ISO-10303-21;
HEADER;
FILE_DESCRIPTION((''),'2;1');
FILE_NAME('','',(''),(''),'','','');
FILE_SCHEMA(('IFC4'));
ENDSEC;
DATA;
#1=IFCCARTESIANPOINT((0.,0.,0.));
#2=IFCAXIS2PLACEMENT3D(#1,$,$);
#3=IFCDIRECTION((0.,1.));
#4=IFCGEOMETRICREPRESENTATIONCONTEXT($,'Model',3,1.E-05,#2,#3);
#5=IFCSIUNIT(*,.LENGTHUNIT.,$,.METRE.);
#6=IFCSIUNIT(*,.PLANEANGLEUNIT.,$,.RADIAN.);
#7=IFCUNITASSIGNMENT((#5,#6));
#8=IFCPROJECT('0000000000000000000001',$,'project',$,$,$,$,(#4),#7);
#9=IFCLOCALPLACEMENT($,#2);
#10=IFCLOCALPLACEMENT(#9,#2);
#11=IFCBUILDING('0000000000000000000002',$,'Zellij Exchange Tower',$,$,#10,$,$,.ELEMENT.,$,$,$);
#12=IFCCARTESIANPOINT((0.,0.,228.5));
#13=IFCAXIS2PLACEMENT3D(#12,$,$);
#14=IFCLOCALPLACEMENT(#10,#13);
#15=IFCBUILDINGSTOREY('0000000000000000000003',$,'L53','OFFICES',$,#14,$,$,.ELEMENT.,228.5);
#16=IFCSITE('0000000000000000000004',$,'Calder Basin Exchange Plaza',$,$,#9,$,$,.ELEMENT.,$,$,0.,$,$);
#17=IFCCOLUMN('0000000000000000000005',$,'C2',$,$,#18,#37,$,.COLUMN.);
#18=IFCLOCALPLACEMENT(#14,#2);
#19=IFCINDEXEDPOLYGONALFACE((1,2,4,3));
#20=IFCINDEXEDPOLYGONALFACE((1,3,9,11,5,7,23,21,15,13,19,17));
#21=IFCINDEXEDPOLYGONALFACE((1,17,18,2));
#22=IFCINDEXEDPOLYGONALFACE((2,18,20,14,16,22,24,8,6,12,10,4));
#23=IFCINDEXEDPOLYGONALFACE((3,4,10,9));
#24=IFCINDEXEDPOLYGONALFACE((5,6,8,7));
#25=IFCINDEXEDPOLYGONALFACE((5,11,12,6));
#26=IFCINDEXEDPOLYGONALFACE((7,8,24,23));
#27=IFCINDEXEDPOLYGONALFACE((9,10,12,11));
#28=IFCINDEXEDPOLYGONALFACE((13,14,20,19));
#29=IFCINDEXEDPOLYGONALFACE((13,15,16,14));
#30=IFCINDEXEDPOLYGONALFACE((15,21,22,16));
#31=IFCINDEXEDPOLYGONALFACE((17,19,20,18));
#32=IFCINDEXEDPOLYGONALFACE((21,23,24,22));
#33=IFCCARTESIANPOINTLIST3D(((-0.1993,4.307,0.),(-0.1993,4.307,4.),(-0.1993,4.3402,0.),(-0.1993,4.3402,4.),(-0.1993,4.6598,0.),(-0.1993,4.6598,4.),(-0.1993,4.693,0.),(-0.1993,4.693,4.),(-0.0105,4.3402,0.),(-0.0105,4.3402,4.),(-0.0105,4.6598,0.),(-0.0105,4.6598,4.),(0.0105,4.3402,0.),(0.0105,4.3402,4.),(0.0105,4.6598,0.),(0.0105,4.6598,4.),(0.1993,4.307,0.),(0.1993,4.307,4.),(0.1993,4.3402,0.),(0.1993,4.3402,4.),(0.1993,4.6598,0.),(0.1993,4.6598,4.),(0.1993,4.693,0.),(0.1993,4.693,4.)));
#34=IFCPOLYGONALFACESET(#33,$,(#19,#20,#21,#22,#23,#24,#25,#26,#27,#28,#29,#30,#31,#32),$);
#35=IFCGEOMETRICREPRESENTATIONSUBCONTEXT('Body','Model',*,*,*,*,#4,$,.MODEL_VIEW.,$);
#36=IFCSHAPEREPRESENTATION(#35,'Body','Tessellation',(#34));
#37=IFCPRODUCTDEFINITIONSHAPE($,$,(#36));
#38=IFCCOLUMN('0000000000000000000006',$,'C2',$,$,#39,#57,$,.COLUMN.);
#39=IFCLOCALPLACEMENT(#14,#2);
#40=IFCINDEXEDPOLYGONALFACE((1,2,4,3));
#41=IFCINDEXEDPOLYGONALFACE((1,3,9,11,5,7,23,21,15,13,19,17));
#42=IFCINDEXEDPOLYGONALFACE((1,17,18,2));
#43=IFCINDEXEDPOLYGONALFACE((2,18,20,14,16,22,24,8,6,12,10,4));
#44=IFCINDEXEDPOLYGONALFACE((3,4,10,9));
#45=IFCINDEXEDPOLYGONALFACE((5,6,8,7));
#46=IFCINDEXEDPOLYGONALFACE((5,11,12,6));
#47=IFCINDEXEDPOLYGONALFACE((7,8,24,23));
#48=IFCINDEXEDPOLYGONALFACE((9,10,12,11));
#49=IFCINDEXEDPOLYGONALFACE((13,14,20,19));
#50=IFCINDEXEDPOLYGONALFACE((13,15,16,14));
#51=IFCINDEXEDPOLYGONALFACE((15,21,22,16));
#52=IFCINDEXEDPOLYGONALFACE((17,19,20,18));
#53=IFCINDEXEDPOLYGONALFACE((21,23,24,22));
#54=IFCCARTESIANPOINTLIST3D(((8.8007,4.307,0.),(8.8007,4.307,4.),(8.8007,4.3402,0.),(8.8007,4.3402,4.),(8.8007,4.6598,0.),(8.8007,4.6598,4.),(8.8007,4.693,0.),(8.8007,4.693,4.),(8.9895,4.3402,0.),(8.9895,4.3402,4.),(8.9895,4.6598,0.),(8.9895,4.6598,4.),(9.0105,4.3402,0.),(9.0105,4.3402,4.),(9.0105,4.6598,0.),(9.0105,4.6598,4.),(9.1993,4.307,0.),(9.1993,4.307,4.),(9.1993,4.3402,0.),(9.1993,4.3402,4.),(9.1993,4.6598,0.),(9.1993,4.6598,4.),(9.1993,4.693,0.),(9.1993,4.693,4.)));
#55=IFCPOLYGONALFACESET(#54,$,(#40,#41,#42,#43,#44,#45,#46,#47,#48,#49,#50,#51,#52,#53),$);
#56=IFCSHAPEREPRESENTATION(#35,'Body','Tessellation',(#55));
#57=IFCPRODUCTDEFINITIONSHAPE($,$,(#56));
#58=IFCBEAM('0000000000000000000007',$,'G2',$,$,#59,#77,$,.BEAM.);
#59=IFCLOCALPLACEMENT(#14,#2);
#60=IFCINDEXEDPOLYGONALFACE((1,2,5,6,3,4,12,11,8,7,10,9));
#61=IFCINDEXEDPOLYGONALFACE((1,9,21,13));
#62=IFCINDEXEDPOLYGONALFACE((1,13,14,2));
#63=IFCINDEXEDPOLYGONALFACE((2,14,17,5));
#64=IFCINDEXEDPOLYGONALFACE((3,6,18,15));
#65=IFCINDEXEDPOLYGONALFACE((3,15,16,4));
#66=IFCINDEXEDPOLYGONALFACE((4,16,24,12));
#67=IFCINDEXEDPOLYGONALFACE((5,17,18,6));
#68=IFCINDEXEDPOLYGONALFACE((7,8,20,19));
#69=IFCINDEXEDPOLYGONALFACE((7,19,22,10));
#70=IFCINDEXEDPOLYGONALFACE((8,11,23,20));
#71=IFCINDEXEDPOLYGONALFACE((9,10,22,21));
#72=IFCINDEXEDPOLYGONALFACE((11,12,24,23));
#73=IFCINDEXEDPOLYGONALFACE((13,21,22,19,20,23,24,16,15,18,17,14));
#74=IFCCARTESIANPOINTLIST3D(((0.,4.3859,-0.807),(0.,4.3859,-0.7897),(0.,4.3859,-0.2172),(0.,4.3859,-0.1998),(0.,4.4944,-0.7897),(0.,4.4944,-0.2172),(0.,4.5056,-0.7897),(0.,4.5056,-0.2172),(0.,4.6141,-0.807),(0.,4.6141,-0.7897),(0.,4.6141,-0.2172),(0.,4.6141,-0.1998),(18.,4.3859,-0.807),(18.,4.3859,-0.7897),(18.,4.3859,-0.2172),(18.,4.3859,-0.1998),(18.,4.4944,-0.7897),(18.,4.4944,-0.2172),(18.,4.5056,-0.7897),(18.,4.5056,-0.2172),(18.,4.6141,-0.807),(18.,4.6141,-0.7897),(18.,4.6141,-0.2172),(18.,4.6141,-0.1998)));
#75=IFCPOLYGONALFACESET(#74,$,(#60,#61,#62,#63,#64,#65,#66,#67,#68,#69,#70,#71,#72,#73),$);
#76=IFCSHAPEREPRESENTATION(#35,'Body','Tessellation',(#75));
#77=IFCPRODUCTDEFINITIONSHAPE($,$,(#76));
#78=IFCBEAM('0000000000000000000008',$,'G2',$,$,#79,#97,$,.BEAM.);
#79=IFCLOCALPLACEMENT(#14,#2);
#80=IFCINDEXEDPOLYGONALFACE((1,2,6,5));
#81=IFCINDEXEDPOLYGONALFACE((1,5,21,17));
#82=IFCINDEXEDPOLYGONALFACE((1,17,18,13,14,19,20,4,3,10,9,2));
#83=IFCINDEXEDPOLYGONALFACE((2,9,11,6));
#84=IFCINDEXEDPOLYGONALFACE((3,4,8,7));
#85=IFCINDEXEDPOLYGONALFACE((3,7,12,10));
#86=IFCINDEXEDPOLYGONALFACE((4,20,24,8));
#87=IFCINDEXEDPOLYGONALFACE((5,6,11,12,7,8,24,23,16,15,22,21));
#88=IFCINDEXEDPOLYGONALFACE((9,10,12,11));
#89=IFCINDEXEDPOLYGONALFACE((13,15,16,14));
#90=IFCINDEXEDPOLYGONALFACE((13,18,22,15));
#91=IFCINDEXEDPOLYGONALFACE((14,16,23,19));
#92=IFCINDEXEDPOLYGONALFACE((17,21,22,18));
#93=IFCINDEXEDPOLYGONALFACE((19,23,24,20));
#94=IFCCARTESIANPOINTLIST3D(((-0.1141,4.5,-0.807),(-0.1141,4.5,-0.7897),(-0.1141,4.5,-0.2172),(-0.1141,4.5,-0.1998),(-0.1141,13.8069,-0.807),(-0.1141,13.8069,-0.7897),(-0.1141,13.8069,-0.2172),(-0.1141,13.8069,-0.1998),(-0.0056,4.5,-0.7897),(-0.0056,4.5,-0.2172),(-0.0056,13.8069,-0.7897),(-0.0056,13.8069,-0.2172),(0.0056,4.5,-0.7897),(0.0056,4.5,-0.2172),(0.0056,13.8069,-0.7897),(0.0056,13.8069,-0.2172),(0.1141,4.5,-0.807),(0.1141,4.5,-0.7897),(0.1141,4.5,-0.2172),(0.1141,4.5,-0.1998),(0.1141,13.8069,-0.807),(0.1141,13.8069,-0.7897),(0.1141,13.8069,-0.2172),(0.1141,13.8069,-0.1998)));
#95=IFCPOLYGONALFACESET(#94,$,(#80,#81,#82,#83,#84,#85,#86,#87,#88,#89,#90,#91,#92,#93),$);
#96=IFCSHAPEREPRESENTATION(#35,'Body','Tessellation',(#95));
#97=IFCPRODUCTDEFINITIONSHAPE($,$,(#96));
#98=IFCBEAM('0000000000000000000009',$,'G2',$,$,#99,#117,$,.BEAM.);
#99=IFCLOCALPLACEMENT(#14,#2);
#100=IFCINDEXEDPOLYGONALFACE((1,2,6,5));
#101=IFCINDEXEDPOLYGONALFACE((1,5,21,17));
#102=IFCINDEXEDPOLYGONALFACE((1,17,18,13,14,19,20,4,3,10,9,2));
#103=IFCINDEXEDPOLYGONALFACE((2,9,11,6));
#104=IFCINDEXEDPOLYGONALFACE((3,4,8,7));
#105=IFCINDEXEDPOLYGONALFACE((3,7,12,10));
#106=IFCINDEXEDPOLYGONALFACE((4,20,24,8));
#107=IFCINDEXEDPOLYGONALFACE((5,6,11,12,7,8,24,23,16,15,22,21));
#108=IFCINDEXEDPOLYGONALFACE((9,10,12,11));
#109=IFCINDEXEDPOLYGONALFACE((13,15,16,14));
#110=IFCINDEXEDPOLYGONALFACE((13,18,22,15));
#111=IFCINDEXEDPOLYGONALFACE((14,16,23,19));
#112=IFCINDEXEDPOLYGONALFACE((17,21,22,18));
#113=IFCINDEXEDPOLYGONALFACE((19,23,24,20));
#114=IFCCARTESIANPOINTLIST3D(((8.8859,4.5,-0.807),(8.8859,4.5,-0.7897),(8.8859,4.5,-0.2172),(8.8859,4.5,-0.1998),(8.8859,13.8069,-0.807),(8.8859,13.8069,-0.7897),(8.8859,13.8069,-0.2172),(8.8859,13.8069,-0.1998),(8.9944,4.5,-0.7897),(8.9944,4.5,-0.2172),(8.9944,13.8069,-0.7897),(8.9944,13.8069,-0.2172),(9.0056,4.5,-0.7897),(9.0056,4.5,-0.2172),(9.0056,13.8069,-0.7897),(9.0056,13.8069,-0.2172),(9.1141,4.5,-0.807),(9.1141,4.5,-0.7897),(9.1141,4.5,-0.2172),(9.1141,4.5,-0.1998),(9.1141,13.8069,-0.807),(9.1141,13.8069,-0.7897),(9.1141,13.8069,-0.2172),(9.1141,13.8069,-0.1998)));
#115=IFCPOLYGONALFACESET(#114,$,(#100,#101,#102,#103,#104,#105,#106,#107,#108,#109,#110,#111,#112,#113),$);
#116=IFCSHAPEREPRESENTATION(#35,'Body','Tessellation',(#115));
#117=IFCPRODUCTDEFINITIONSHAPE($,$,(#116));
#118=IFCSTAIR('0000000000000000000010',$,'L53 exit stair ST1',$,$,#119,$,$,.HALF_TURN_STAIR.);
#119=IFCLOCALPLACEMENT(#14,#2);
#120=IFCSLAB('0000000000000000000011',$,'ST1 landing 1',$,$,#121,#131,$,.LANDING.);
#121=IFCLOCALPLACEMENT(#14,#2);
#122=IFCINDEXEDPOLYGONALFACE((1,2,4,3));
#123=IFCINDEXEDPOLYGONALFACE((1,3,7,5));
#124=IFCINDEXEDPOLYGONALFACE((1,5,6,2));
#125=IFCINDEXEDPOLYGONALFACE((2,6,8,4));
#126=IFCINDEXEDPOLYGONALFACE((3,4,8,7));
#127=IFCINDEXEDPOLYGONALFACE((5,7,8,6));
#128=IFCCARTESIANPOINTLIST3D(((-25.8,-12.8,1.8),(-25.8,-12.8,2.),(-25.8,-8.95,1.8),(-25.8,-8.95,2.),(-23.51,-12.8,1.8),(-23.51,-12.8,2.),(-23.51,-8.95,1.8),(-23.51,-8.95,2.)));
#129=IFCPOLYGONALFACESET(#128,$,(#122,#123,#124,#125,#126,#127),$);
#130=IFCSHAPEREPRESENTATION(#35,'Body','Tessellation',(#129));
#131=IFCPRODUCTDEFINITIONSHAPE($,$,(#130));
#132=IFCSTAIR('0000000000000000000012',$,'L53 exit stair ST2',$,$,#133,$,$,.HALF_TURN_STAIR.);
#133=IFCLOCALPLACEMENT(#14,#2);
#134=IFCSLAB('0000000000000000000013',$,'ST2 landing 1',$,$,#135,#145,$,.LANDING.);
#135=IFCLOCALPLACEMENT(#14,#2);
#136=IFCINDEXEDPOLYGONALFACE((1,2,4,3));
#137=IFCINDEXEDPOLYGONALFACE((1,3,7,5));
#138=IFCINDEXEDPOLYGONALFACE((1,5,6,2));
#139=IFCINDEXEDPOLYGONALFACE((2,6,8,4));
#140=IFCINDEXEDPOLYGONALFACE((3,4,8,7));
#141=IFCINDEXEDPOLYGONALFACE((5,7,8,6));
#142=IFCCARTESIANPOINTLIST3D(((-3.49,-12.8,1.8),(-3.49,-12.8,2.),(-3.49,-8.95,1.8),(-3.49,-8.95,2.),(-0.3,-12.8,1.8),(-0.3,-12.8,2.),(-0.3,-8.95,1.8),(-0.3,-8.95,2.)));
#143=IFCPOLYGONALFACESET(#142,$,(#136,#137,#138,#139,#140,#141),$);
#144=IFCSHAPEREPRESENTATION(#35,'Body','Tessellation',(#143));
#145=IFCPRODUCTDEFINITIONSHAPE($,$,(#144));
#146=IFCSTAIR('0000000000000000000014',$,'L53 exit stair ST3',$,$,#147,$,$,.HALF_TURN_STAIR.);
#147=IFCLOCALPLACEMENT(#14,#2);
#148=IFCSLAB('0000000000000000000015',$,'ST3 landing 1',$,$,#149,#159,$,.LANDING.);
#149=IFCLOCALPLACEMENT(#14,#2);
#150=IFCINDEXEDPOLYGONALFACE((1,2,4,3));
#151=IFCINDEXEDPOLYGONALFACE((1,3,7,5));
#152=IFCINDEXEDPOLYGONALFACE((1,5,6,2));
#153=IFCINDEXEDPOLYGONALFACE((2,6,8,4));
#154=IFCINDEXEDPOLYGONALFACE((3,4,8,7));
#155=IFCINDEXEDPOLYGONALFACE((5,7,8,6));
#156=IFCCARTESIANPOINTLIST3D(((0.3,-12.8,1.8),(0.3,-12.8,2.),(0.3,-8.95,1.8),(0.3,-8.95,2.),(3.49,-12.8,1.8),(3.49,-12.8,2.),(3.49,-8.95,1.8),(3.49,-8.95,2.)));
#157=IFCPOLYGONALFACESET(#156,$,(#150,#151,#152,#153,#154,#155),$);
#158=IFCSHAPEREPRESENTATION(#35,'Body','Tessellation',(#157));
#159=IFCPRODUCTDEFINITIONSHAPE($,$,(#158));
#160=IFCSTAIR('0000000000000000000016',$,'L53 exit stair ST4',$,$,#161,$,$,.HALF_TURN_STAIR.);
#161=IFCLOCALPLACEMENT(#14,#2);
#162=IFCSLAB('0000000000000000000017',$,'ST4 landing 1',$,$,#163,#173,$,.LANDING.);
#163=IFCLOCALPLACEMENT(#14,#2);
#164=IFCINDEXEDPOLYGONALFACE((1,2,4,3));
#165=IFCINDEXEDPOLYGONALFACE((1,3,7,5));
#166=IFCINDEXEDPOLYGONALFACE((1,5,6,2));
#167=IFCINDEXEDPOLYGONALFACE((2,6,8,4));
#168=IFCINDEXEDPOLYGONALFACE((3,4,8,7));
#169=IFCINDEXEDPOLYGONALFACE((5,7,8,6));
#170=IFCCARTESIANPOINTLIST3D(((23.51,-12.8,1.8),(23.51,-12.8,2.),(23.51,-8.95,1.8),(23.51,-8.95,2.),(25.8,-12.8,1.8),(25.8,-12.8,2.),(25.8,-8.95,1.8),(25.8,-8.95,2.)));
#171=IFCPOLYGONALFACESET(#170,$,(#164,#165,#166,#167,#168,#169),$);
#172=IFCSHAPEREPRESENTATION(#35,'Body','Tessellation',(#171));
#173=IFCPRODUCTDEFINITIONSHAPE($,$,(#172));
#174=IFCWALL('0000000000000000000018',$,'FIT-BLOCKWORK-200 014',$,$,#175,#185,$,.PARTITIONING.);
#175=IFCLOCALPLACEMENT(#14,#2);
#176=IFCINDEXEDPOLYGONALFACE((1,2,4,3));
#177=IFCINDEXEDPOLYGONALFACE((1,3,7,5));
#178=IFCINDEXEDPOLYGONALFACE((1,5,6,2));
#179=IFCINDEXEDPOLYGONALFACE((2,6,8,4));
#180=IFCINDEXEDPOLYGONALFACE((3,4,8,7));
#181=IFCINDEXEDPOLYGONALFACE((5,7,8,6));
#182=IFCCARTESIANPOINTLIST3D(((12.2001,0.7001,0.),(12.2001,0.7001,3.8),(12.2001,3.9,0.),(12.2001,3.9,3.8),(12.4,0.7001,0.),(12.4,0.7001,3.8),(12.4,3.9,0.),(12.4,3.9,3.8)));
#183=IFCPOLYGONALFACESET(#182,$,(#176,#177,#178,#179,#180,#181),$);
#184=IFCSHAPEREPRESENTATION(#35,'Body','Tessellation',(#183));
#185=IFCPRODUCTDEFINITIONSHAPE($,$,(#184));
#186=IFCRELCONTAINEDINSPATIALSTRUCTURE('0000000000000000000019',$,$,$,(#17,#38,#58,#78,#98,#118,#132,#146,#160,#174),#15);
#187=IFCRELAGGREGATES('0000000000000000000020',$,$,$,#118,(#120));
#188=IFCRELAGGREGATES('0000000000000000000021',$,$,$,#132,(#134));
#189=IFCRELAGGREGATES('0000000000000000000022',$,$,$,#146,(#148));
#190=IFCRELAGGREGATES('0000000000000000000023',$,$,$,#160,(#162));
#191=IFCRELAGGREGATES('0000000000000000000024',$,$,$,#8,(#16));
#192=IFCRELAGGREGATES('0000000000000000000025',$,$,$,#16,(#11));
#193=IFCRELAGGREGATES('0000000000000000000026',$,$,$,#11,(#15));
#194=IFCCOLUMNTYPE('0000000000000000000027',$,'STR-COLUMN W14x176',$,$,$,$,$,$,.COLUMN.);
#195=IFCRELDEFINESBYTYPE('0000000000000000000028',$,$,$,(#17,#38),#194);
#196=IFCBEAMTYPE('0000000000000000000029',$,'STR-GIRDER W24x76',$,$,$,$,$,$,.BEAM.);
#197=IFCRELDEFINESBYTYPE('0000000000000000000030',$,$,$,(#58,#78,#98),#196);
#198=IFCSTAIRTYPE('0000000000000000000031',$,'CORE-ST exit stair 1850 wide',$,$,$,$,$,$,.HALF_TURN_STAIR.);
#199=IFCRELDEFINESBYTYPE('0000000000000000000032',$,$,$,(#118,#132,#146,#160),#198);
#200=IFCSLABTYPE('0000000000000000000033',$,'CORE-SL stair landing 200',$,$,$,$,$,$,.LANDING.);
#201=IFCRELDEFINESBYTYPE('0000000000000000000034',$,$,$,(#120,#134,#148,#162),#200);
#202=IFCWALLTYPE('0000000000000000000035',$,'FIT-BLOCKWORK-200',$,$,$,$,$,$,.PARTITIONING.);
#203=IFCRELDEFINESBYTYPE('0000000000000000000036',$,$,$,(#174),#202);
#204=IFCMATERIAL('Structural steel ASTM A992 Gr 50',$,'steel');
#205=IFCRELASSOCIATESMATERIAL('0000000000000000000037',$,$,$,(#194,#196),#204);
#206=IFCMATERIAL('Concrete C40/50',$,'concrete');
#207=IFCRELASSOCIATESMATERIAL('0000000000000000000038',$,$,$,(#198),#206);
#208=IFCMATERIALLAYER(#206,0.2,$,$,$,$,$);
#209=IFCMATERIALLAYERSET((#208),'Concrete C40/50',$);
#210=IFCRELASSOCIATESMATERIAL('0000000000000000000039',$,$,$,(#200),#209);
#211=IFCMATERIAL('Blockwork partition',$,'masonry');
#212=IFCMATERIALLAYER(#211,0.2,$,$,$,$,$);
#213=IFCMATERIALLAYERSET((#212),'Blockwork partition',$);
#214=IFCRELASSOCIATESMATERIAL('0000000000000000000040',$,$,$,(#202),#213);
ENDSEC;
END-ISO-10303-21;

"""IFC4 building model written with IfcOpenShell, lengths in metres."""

from ifc_helpers import new_model, si_unit, direction, frame, frame_2d, origin, origin_2d, place, context, subcontext, project, spatial, polyline, rectangle, i_section, outline, extrude, material, layer, layer_set, material_profile, profile_set, type_object, element, aggregate, save


model = new_model("IFC4")

# Units and contexts
model_context = context("Model", 3, precision=1e-05, world=origin(), true_north=direction((0.0, 1.0)))
body_context = subcontext(model_context, "Body", "Model", "MODEL_VIEW")
ifc_project = project(units=[si_unit("LENGTHUNIT", "METRE"), si_unit("PLANEANGLEUNIT", "RADIAN")], contexts=[model_context])

# Site, building, storey
site_placement = place(None, origin())
site = spatial("IfcSite", under=ifc_project, at=site_placement, Name="Calder Basin Exchange Plaza", CompositionType="ELEMENT", RefElevation=0.0)
building_placement = place(site_placement, origin())
building = spatial("IfcBuilding", under=site, at=building_placement, Name="Zellij Exchange Tower", CompositionType="ELEMENT")
storey_placement = place(building_placement, frame((0.0, 0.0, 228.5)))
storey = spatial("IfcBuildingStorey", under=building, at=storey_placement, Name="L53", Description="OFFICES", CompositionType="ELEMENT", Elevation=228.5)

# Columns
ifc_material_1 = material(Name="Structural steel ASTM A992 Gr 50", Category="steel")
ifc_material_profile_1 = material_profile(ifc_material_1, i_section(OverallWidth=0.3987, OverallDepth=0.386, WebThickness=0.021, FlangeThickness=0.0332, at=origin_2d()), Name="W14x176")
ifc_profile_set_1 = profile_set([ifc_material_profile_1], Name="Structural steel ASTM A992 Gr 50")
column_type = type_object("IfcColumnType", Name="STR-COLUMN W14x176", PredefinedType="COLUMN", material=ifc_profile_set_1)
for number, where, z_axis, x_axis, name in (
    (1, (0.0, 4.5, 0.0), (0.0, 0.0, 1.0), (1.0, 0.0, 0.0), "C2"),
    (2, (9.0, 4.5, 0.0), (0.0, 0.0, 1.0), (1.0, 0.0, 0.0), "C2"),
):
    element("IfcColumn", number, at=place(storey_placement, frame(where, z_axis=z_axis, x_axis=x_axis)), inside=storey, type_object=column_type, Name=name, PredefinedType="COLUMN", context=body_context, shape_type="SweptSolid", body=[
        extrude(i_section(OverallWidth=0.3987, OverallDepth=0.386, WebThickness=0.021, FlangeThickness=0.0332, at=origin_2d()), origin(), (0.0, 0.0, 1.0), 4.0),
    ])

# Beams
ifc_material_profile_2 = material_profile(ifc_material_1, i_section(OverallWidth=0.2283, OverallDepth=0.6072, WebThickness=0.0112, FlangeThickness=0.0173, at=origin_2d()), Name="W24x76")
ifc_profile_set_2 = profile_set([ifc_material_profile_2], Name="Structural steel ASTM A992 Gr 50")
beam_type = type_object("IfcBeamType", Name="STR-GIRDER W24x76", PredefinedType="BEAM", material=ifc_profile_set_2)
beam_placement = place(storey_placement, frame((0.0, 4.5, -0.5034), z_axis=(1.0, 0.0, 0.0), x_axis=(0.0, 1.0, 0.0)))
element("IfcBeam", 3, at=beam_placement, inside=storey, type_object=beam_type, Name="G2", PredefinedType="BEAM", context=body_context, shape_type="SweptSolid", body=[
    extrude(i_section(OverallWidth=0.2283, OverallDepth=0.6072, WebThickness=0.0112, FlangeThickness=0.0173, at=origin_2d()), origin(), (0.0, 0.0, 1.0), 18.0),
])
for number, where, z_axis, x_axis, name in (
    (4, (0.0, 4.5, -0.5034), (0.0, 1.0, 0.0), (-1.0, 0.0, 0.0), "G2"),
    (5, (9.0, 4.5, -0.5034), (0.0, 1.0, 0.0), (-1.0, 0.0, 0.0), "G2"),
):
    element("IfcBeam", number, at=place(storey_placement, frame(where, z_axis=z_axis, x_axis=x_axis)), inside=storey, type_object=beam_type, Name=name, PredefinedType="BEAM", context=body_context, shape_type="SweptSolid", body=[
        extrude(i_section(OverallWidth=0.2283, OverallDepth=0.6072, WebThickness=0.0112, FlangeThickness=0.0173, at=origin_2d()), origin(), (0.0, 0.0, 1.0), 9.3069),
    ])

# Stairs, slabs
ifc_material_2 = material(Name="Concrete C40/50", Category="concrete")
stair_type = type_object("IfcStairType", Name="CORE-ST exit stair 1850 wide", PredefinedType="HALF_TURN_STAIR", material=ifc_material_2)
stair_1_placement = place(storey_placement, origin())
stair_1 = element("IfcStair", 6, at=stair_1_placement, inside=storey, type_object=stair_type, Name="L53 exit stair ST1", PredefinedType="HALF_TURN_STAIR")
ifc_layer_1 = layer(ifc_material_2, 0.2)
ifc_layer_set_1 = layer_set([ifc_layer_1], Name="Concrete C40/50")
slab_type = type_object("IfcSlabType", Name="CORE-SL stair landing 200", PredefinedType="LANDING", material=ifc_layer_set_1)
slab_1_placement = place(storey_placement, frame((0.0, 0.0, 1.8)))
slab_1 = element("IfcSlab", 7, at=slab_1_placement, type_object=slab_type, Name="ST1 landing 1", PredefinedType="LANDING", context=body_context, shape_type="SweptSolid", body=[
    extrude(outline(polyline([(-23.51, -8.95), (-25.8, -8.95), (-25.8, -12.8), (-23.51, -12.8), (-23.51, -8.95)])), origin(), (0.0, 0.0, 1.0), 0.2),
])
aggregate(stair_1, [slab_1])
stair_2_placement = place(storey_placement, origin())
stair_2 = element("IfcStair", 8, at=stair_2_placement, inside=storey, type_object=stair_type, Name="L53 exit stair ST2", PredefinedType="HALF_TURN_STAIR")
slab_2_placement = place(storey_placement, frame((0.0, 0.0, 1.8)))
slab_2 = element("IfcSlab", 9, at=slab_2_placement, type_object=slab_type, Name="ST2 landing 1", PredefinedType="LANDING", context=body_context, shape_type="SweptSolid", body=[
    extrude(outline(polyline([(-3.49, -12.8), (-0.3, -12.8), (-0.3, -8.95), (-3.49, -8.95), (-3.49, -12.8)])), origin(), (0.0, 0.0, 1.0), 0.2),
])
aggregate(stair_2, [slab_2])
stair_3_placement = place(storey_placement, origin())
stair_3 = element("IfcStair", 10, at=stair_3_placement, inside=storey, type_object=stair_type, Name="L53 exit stair ST3", PredefinedType="HALF_TURN_STAIR")
slab_3_placement = place(storey_placement, frame((0.0, 0.0, 1.8)))
slab_3 = element("IfcSlab", 11, at=slab_3_placement, type_object=slab_type, Name="ST3 landing 1", PredefinedType="LANDING", context=body_context, shape_type="SweptSolid", body=[
    extrude(outline(polyline([(3.49, -8.95), (0.3, -8.95), (0.3, -12.8), (3.49, -12.8), (3.49, -8.95)])), origin(), (0.0, 0.0, 1.0), 0.2),
])
aggregate(stair_3, [slab_3])
stair_4_placement = place(storey_placement, origin())
stair_4 = element("IfcStair", 12, at=stair_4_placement, inside=storey, type_object=stair_type, Name="L53 exit stair ST4", PredefinedType="HALF_TURN_STAIR")
slab_4_placement = place(storey_placement, frame((0.0, 0.0, 1.8)))
slab_4 = element("IfcSlab", 13, at=slab_4_placement, type_object=slab_type, Name="ST4 landing 1", PredefinedType="LANDING", context=body_context, shape_type="SweptSolid", body=[
    extrude(outline(polyline([(23.51, -12.8), (25.8, -12.8), (25.8, -8.95), (23.51, -8.95), (23.51, -12.8)])), origin(), (0.0, 0.0, 1.0), 0.2),
])
aggregate(stair_4, [slab_4])

# Wall
ifc_material_3 = material(Name="Blockwork partition", Category="masonry")
ifc_layer_2 = layer(ifc_material_3, 0.2)
ifc_layer_set_2 = layer_set([ifc_layer_2], Name="Blockwork partition")
wall_type_1 = type_object("IfcWallType", Name="FIT-BLOCKWORK-200", PredefinedType="PARTITIONING", material=ifc_layer_set_2)
wall_1_placement = place(storey_placement, frame((12.3, 0.7, 0.0), z_axis=(0.0, 0.0, 1.0), x_axis=(0.0, 1.0, 0.0)))
element("IfcWall", 14, at=wall_1_placement, inside=storey, type_object=wall_type_1, Name="FIT-BLOCKWORK-200 014", PredefinedType="PARTITIONING", context=body_context, shape_type="SweptSolid", body=[
    extrude(rectangle(XDim=3.2, YDim=0.2, at=frame_2d((1.6001, 0.0))), origin(), (0.0, 0.0, 1.0), 3.8),
])

save(model, "model.ifc")
